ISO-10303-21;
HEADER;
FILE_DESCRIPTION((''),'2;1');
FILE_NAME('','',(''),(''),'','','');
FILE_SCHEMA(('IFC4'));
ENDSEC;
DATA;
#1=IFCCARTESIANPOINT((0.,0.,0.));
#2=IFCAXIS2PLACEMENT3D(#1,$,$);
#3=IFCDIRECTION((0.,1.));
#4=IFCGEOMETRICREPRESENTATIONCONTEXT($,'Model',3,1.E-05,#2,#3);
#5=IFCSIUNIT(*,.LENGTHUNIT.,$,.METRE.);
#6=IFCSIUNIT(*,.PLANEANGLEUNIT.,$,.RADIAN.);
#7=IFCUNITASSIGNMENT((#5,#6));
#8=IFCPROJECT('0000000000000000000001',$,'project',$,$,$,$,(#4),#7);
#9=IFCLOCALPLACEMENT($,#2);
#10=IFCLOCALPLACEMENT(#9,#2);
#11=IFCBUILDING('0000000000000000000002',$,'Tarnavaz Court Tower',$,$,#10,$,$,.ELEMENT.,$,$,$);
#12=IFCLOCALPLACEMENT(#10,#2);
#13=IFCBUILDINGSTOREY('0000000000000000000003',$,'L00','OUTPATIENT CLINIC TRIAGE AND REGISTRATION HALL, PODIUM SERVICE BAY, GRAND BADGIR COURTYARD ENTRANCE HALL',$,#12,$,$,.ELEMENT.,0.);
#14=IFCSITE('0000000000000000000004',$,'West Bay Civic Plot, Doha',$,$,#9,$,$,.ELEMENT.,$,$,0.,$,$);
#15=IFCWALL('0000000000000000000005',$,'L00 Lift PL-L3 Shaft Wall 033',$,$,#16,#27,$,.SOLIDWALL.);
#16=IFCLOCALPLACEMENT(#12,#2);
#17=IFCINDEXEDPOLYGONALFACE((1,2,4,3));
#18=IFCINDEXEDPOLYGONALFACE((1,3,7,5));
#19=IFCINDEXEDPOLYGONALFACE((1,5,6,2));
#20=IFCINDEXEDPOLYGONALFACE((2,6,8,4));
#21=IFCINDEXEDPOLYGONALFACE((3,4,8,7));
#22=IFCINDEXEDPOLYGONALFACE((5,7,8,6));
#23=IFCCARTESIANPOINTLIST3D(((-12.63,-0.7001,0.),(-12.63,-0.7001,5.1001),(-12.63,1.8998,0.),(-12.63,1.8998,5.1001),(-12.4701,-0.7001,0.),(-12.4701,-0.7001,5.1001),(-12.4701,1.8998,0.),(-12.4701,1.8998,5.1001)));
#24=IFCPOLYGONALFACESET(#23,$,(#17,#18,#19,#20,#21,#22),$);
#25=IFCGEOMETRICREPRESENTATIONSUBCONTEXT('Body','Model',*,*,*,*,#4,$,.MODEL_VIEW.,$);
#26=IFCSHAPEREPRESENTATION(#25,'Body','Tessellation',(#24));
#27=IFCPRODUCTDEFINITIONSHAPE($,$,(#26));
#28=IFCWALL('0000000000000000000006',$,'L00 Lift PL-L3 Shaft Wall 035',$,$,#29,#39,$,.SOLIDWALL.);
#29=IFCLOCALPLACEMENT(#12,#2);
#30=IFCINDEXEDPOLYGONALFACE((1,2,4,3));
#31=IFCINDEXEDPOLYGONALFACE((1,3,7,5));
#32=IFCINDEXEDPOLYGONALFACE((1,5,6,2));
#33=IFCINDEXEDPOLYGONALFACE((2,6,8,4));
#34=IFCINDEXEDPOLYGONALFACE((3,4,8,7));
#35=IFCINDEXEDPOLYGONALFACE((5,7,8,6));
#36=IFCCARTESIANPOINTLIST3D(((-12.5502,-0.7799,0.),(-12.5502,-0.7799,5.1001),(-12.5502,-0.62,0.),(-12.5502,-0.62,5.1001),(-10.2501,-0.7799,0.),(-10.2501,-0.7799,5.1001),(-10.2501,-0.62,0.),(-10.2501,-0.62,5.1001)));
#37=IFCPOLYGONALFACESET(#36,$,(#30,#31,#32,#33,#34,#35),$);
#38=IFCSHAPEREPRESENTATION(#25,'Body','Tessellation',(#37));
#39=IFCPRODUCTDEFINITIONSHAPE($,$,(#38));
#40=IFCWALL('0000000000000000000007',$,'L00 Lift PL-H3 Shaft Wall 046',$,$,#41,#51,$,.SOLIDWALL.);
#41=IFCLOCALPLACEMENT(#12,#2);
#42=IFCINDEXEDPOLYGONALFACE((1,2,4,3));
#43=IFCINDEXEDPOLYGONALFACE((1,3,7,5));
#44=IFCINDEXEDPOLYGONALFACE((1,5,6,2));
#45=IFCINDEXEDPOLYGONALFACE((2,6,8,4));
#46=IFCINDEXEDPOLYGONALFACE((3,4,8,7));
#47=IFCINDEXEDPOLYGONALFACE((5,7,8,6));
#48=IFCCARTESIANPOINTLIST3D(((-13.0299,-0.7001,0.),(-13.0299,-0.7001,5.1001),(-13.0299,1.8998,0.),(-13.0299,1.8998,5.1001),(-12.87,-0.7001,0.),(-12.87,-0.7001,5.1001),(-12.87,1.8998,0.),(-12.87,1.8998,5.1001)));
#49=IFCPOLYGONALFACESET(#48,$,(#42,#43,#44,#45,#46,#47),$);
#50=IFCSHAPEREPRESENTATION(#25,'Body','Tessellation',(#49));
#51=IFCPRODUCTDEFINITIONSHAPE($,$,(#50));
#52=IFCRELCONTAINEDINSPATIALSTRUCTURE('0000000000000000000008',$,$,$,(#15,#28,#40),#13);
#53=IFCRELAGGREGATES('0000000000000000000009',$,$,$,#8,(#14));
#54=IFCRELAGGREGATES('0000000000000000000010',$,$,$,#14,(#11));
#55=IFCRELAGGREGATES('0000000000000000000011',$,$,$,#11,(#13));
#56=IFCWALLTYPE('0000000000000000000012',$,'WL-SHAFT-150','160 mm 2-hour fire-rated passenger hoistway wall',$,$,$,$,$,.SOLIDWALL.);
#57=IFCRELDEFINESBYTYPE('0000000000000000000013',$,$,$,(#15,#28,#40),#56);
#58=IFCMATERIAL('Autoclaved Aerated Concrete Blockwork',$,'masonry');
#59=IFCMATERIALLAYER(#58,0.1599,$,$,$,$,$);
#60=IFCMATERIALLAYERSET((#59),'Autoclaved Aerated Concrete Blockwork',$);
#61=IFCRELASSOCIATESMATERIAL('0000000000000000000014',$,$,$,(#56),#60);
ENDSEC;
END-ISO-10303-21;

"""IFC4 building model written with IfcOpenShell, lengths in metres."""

from ifc_helpers import new_model, si_unit, direction, frame, frame_2d, origin, place, context, subcontext, project, spatial, rectangle, extrude, material, layer, layer_set, type_object, element, save


model = new_model("IFC4")

# Units and contexts
model_context = context("Model", 3, precision=1e-05, world=origin(), true_north=direction((0.0, 1.0)))
body_context = subcontext(model_context, "Body", "Model", "MODEL_VIEW")
ifc_project = project(units=[si_unit("LENGTHUNIT", "METRE"), si_unit("PLANEANGLEUNIT", "RADIAN")], contexts=[model_context])

# Site, building, storey
site_placement = place(None, origin())
site = spatial("IfcSite", under=ifc_project, at=site_placement, Name="West Bay Civic Plot, Doha", CompositionType="ELEMENT", RefElevation=0.0)
building_placement = place(site_placement, origin())
building = spatial("IfcBuilding", under=site, at=building_placement, Name="Tarnavaz Court Tower", CompositionType="ELEMENT")
storey_placement = place(building_placement, origin())
storey = spatial("IfcBuildingStorey", under=building, at=storey_placement, Name="L00", Description="OUTPATIENT CLINIC TRIAGE AND REGISTRATION HALL, PODIUM SERVICE BAY, GRAND BADGIR COURTYARD ENTRANCE HALL", CompositionType="ELEMENT", Elevation=0.0)

# Shared definitions
ifc_material_1 = material(Name="Autoclaved Aerated Concrete Blockwork", Category="masonry")
ifc_layer_1 = layer(ifc_material_1, 0.1599)
ifc_layer_set_1 = layer_set([ifc_layer_1], Name="Autoclaved Aerated Concrete Blockwork")
wall_type = type_object("IfcWallType", Name="WL-SHAFT-150", Description="160 mm 2-hour fire-rated passenger hoistway wall", PredefinedType="SOLIDWALL", material=ifc_layer_set_1)

# Wall
wall_1_placement = place(storey_placement, frame((-12.55, -0.7, 0.0), z_axis=(0.0, 0.0, 1.0), x_axis=(0.0, 1.0, 0.0)))
element("IfcWall", 1, at=wall_1_placement, inside=storey, type_object=wall_type, Name="L00 Lift PL-L3 Shaft Wall 033", PredefinedType="SOLIDWALL", context=body_context, shape_type="SweptSolid", body=[
    extrude(rectangle(XDim=2.5999, YDim=0.1599, at=frame_2d((1.2998, 0.0))), origin(), (0.0, 0.0, 1.0), 5.1001),
])

# Walls
wall_2_placement = place(storey_placement, frame((-12.55, -0.7, 0.0), z_axis=(0.0, 0.0, 1.0), x_axis=(1.0, 0.0, 0.0)))
element("IfcWall", 2, at=wall_2_placement, inside=storey, type_object=wall_type, Name="L00 Lift PL-L3 Shaft Wall 035", PredefinedType="SOLIDWALL", context=body_context, shape_type="SweptSolid", body=[
    extrude(rectangle(XDim=2.3, YDim=0.1599, at=frame_2d((1.1499, 0.0))), origin(), (0.0, 0.0, 1.0), 5.1001),
])
wall_3_placement = place(storey_placement, frame((-12.95, -0.7, 0.0), z_axis=(0.0, 0.0, 1.0), x_axis=(0.0, 1.0, 0.0)))
element("IfcWall", 3, at=wall_3_placement, inside=storey, type_object=wall_type, Name="L00 Lift PL-H3 Shaft Wall 046", PredefinedType="SOLIDWALL", context=body_context, shape_type="SweptSolid", body=[
    extrude(rectangle(XDim=2.5999, YDim=0.1599, at=frame_2d((1.2998, 0.0))), origin(), (0.0, 0.0, 1.0), 5.1001),
])

save(model, "model.ifc")
